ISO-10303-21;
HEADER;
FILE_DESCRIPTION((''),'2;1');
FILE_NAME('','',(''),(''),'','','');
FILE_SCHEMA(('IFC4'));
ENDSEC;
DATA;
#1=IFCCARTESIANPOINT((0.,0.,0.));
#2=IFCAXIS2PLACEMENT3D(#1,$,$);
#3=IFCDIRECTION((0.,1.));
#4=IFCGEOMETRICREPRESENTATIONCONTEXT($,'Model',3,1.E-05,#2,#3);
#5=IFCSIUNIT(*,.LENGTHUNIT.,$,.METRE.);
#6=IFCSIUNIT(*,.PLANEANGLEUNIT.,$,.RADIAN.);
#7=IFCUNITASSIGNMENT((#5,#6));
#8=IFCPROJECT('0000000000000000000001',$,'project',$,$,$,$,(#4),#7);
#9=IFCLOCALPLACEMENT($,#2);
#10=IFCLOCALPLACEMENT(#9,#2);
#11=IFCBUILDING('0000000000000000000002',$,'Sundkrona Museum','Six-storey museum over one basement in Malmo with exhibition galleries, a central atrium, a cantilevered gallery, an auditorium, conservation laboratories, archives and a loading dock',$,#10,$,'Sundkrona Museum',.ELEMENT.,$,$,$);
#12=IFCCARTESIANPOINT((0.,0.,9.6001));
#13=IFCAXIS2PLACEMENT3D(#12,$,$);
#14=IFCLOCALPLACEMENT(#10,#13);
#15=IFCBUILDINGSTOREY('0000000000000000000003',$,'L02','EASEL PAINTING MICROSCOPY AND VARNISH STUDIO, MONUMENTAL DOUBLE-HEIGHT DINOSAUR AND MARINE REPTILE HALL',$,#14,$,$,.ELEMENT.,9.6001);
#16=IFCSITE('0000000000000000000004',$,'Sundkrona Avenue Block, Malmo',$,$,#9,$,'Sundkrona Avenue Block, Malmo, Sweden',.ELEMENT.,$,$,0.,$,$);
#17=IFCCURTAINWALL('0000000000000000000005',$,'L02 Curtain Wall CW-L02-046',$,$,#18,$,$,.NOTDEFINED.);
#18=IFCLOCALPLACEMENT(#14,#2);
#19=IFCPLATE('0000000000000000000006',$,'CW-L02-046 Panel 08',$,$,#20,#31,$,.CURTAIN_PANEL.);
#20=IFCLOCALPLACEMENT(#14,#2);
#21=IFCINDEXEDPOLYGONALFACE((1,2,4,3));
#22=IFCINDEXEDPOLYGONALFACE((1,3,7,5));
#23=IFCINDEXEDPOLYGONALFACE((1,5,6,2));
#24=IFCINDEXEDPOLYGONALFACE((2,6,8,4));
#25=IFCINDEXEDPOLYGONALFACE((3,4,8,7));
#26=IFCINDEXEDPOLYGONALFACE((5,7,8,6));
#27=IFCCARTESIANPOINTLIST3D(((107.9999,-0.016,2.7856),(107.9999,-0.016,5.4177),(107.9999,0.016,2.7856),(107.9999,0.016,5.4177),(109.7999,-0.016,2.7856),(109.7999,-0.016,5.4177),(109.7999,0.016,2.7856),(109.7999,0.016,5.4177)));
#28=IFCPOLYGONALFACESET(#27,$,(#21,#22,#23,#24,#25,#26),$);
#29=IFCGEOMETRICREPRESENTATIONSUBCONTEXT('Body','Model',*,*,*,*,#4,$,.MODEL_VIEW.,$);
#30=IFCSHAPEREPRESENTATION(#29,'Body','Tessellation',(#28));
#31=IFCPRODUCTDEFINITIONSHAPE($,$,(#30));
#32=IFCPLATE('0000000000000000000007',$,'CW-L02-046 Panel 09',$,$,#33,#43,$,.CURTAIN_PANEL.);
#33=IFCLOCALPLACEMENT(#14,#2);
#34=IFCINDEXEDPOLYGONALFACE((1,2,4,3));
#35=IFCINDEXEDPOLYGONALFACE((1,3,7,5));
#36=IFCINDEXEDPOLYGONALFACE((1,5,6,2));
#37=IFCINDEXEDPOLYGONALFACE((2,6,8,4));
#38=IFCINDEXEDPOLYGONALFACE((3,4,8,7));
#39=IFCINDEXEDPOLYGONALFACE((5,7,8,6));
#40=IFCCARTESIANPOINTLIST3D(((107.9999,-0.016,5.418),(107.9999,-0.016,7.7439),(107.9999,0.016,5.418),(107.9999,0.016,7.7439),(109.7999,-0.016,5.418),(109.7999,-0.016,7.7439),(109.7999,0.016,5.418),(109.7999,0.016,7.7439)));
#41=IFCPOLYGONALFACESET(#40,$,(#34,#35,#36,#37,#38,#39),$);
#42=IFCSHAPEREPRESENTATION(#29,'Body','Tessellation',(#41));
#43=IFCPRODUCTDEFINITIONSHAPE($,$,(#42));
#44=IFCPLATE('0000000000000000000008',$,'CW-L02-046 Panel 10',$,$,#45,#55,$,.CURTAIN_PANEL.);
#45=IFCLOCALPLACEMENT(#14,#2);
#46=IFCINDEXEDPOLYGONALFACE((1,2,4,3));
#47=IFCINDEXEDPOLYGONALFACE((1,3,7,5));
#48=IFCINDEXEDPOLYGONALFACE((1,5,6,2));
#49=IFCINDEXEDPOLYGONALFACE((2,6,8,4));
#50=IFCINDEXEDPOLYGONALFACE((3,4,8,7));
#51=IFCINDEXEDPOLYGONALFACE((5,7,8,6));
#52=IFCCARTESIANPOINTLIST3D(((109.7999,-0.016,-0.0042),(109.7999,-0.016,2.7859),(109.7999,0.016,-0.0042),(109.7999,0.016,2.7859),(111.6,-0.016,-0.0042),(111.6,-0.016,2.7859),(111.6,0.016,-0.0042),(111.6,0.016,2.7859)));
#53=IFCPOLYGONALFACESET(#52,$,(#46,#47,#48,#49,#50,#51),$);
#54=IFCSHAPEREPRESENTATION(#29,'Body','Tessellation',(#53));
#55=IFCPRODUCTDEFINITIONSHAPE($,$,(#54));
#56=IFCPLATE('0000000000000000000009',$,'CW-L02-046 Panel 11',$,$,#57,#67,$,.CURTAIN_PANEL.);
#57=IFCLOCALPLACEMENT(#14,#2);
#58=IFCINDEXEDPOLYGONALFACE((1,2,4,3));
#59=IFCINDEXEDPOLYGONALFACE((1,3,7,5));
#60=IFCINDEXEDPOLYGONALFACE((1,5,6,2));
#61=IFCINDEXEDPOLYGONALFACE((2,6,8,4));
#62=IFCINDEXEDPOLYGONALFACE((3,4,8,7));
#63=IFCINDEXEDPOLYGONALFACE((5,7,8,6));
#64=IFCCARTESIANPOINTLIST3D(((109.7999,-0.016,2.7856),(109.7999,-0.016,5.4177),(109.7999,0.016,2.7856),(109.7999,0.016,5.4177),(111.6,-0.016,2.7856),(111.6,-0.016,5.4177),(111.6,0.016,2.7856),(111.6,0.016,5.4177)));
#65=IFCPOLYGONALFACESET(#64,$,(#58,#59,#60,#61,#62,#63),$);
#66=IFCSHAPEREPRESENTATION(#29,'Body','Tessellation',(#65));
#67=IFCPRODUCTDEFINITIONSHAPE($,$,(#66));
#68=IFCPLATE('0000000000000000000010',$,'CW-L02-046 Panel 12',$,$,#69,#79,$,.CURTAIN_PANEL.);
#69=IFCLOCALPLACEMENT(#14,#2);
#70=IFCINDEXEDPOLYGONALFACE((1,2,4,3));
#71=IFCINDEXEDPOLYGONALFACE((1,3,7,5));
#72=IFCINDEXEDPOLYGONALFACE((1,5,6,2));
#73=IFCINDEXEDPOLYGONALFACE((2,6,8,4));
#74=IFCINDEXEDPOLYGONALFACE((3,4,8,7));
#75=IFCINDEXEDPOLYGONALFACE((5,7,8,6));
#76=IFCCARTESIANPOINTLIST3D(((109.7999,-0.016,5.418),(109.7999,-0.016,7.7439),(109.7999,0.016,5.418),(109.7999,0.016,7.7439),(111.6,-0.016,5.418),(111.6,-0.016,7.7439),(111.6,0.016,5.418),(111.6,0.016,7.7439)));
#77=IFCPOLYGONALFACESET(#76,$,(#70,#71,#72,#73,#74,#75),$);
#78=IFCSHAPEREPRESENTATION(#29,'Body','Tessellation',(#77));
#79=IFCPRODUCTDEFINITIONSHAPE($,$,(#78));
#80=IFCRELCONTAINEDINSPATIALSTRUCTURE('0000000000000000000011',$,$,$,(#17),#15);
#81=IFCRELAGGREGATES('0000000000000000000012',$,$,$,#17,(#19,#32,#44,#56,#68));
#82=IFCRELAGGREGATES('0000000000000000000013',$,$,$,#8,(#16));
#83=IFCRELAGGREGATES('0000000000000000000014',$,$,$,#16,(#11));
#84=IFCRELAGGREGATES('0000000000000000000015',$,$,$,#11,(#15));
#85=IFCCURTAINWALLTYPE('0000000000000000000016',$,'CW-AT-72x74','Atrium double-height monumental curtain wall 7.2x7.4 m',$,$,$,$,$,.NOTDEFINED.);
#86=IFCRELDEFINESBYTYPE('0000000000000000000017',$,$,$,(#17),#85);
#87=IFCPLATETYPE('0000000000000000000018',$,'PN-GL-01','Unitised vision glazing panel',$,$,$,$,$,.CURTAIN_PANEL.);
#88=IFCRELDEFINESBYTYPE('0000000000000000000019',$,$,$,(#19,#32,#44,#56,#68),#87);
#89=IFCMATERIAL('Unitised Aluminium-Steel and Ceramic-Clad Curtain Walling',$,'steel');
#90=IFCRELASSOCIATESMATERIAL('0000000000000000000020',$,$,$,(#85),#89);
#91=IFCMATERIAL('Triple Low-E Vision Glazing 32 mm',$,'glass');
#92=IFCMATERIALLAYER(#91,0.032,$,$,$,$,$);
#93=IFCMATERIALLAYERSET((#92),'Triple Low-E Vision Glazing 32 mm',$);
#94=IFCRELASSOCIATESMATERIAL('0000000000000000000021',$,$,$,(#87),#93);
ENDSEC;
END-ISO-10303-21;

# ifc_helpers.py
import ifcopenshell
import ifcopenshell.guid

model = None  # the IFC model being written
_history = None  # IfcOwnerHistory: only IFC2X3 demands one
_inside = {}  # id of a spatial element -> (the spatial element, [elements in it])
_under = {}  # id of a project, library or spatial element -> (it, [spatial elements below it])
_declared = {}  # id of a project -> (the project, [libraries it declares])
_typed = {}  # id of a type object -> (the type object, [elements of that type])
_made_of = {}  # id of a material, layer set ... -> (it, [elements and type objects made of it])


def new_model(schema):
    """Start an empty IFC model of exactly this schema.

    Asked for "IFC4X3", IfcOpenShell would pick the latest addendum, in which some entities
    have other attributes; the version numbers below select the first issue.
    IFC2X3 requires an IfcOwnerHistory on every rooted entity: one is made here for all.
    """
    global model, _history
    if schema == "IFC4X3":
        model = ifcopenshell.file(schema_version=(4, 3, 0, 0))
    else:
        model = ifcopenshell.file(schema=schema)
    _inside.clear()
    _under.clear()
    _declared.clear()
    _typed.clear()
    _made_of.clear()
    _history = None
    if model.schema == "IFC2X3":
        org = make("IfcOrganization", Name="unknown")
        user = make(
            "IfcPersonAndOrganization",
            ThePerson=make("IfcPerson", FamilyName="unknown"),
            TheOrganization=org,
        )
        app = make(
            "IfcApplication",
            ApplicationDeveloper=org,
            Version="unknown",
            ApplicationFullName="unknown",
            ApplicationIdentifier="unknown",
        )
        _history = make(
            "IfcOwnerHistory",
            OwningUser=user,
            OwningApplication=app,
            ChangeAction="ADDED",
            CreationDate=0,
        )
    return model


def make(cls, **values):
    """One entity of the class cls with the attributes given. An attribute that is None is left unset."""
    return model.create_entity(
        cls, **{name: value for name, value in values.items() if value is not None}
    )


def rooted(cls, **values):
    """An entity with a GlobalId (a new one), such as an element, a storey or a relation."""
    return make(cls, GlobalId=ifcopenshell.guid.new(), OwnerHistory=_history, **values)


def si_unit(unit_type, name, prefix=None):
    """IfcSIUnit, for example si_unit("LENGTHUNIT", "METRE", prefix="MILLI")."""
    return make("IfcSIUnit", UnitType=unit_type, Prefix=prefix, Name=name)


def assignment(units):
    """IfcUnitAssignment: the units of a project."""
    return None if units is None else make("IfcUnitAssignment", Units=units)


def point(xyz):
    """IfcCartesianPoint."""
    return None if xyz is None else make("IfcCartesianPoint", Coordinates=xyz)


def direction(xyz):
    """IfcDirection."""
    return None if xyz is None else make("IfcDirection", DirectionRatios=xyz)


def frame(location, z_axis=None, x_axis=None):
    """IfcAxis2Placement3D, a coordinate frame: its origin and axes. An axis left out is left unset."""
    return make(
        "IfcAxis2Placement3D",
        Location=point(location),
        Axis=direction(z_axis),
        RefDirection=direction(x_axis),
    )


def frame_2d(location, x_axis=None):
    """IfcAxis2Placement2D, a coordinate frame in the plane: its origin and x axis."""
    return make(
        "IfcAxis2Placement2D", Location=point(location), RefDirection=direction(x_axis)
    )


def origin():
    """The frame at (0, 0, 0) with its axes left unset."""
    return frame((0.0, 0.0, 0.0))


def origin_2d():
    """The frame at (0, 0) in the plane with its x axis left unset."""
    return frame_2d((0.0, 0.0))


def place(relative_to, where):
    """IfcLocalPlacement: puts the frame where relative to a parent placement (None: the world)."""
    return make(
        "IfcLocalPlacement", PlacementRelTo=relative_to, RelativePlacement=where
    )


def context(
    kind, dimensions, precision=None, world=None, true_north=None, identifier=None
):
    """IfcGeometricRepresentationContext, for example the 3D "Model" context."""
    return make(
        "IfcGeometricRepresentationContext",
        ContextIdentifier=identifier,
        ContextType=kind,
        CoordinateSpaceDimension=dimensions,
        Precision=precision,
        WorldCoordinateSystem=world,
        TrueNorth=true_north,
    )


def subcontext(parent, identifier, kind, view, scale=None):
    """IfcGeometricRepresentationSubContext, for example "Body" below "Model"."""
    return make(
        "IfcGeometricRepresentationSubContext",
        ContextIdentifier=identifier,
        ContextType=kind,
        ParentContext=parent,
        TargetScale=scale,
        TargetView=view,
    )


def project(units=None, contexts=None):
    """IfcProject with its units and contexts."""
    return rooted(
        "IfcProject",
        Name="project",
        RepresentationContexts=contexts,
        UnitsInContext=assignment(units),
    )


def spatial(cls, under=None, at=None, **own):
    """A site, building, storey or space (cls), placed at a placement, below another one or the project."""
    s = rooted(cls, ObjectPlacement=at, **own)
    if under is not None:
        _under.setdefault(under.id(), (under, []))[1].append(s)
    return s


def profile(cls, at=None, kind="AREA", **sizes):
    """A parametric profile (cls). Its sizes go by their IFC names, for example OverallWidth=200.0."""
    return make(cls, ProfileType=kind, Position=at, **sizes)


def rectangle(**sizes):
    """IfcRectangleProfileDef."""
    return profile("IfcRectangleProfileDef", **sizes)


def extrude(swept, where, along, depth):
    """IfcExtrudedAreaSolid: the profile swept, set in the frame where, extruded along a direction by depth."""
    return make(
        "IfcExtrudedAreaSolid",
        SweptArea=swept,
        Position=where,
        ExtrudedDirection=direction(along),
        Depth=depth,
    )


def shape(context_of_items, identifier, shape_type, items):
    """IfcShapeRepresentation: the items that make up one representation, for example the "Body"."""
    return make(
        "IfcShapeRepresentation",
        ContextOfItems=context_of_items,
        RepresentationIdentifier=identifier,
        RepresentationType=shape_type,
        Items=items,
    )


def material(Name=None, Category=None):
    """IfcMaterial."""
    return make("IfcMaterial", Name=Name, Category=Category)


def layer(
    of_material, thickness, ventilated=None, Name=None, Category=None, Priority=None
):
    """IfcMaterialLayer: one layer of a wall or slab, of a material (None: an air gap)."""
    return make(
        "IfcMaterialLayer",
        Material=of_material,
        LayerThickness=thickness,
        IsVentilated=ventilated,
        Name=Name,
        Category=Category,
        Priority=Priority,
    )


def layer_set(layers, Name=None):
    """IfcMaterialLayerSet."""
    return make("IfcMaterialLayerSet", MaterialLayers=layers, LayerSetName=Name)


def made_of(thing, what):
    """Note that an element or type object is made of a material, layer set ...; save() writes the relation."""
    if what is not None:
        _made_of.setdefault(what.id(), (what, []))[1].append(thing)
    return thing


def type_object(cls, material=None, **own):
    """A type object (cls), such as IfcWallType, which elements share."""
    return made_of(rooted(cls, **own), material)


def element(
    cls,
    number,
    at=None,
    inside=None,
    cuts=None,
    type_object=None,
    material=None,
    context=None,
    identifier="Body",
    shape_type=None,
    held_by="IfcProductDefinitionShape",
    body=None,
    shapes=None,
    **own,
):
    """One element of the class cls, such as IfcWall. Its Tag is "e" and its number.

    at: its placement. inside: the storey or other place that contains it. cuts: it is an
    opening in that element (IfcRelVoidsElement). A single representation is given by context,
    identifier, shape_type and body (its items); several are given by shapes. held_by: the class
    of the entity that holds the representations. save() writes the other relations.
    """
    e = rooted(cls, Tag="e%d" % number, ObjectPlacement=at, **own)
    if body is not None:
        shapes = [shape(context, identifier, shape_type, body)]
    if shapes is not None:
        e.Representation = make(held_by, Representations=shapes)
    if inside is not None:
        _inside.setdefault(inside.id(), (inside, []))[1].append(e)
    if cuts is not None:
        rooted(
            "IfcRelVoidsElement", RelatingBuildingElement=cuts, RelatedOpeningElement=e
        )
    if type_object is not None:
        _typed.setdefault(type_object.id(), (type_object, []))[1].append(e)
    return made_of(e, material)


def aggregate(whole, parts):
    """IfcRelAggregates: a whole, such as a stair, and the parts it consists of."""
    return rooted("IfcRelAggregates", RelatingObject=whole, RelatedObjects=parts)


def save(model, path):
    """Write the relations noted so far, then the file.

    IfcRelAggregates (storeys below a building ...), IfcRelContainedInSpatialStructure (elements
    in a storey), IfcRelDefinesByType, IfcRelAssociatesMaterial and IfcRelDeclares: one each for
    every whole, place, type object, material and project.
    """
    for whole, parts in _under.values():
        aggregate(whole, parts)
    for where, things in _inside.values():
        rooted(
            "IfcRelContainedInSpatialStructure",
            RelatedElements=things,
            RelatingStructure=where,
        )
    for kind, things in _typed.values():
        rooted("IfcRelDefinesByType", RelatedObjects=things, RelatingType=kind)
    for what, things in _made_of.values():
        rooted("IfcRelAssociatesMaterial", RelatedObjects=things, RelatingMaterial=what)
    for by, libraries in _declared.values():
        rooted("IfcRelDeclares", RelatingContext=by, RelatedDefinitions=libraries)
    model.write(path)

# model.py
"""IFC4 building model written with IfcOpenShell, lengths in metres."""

from ifc_helpers import new_model, si_unit, direction, frame, origin, origin_2d, place, context, subcontext, project, spatial, rectangle, extrude, material, layer, layer_set, type_object, element, aggregate, save


model = new_model("IFC4")

# Units and contexts
model_context = context("Model", 3, precision=1e-05, world=origin(), true_north=direction((0.0, 1.0)))
body_context = subcontext(model_context, "Body", "Model", "MODEL_VIEW")
ifc_project = project(units=[si_unit("LENGTHUNIT", "METRE"), si_unit("PLANEANGLEUNIT", "RADIAN")], contexts=[model_context])

# Site, building, storey
site_placement = place(None, origin())
site = spatial("IfcSite", under=ifc_project, at=site_placement, Name="Sundkrona Avenue Block, Malmo", LongName="Sundkrona Avenue Block, Malmo, Sweden", CompositionType="ELEMENT", RefElevation=0.0)
building_placement = place(site_placement, origin())
building = spatial("IfcBuilding", under=site, at=building_placement, Name="Sundkrona Museum", Description="Six-storey museum over one basement in Malmo with exhibition galleries, a central atrium, a cantilevered gallery, an auditorium, conservation laboratories, archives and a loading dock", LongName="Sundkrona Museum", CompositionType="ELEMENT")
storey_placement = place(building_placement, frame((0.0, 0.0, 9.6001)))
storey = spatial("IfcBuildingStorey", under=building, at=storey_placement, Name="L02", Description="EASEL PAINTING MICROSCOPY AND VARNISH STUDIO, MONUMENTAL DOUBLE-HEIGHT DINOSAUR AND MARINE REPTILE HALL", CompositionType="ELEMENT", Elevation=9.6001)

# Curtain wall, plates
ifc_material_1 = material(Name="Unitised Aluminium-Steel and Ceramic-Clad Curtain Walling", Category="steel")
curtain_wall_type = type_object("IfcCurtainWallType", Name="CW-AT-72x74", Description="Atrium double-height monumental curtain wall 7.2x7.4 m", PredefinedType="NOTDEFINED", material=ifc_material_1)
curtain_wall_placement = place(storey_placement, origin())
curtain_wall = element("IfcCurtainWall", 1, at=curtain_wall_placement, inside=storey, type_object=curtain_wall_type, Name="L02 Curtain Wall CW-L02-046", PredefinedType="NOTDEFINED")
ifc_material_2 = material(Name="Triple Low-E Vision Glazing 32 mm", Category="glass")
ifc_layer = layer(ifc_material_2, 0.032)
ifc_layer_set = layer_set([ifc_layer], Name="Triple Low-E Vision Glazing 32 mm")
plate_type = type_object("IfcPlateType", Name="PN-GL-01", Description="Unitised vision glazing panel", PredefinedType="CURTAIN_PANEL", material=ifc_layer_set)
plate_1_placement = place(storey_placement, frame((108.8999, 0.0, 2.7856), z_axis=(0.0, 0.0, 1.0), x_axis=(1.0, 0.0, 0.0)))
plate_1 = element("IfcPlate", 2, at=plate_1_placement, type_object=plate_type, Name="CW-L02-046 Panel 08", PredefinedType="CURTAIN_PANEL", context=body_context, shape_type="SweptSolid", body=[
    extrude(rectangle(XDim=1.8, YDim=0.032, at=origin_2d()), origin(), (0.0, 0.0, 1.0), 2.6321),
])
plate_2_placement = place(storey_placement, frame((108.8999, 0.0, 5.418), z_axis=(0.0, 0.0, 1.0), x_axis=(1.0, 0.0, 0.0)))
plate_2 = element("IfcPlate", 3, at=plate_2_placement, type_object=plate_type, Name="CW-L02-046 Panel 09", PredefinedType="CURTAIN_PANEL", context=body_context, shape_type="SweptSolid", body=[
    extrude(rectangle(XDim=1.8, YDim=0.032, at=origin_2d()), origin(), (0.0, 0.0, 1.0), 2.3259),
])
plate_3_placement = place(storey_placement, frame((110.7, 0.0, -0.0042), z_axis=(0.0, 0.0, 1.0), x_axis=(1.0, 0.0, 0.0)))
plate_3 = element("IfcPlate", 4, at=plate_3_placement, type_object=plate_type, Name="CW-L02-046 Panel 10", PredefinedType="CURTAIN_PANEL", context=body_context, shape_type="SweptSolid", body=[
    extrude(rectangle(XDim=1.8, YDim=0.032, at=origin_2d()), origin(), (0.0, 0.0, 1.0), 2.79),
])
plate_4_placement = place(storey_placement, frame((110.7, 0.0, 2.7856), z_axis=(0.0, 0.0, 1.0), x_axis=(1.0, 0.0, 0.0)))
plate_4 = element("IfcPlate", 5, at=plate_4_placement, type_object=plate_type, Name="CW-L02-046 Panel 11", PredefinedType="CURTAIN_PANEL", context=body_context, shape_type="SweptSolid", body=[
    extrude(rectangle(XDim=1.8, YDim=0.032, at=origin_2d()), origin(), (0.0, 0.0, 1.0), 2.6321),
])
plate_5_placement = place(storey_placement, frame((110.7, 0.0, 5.418), z_axis=(0.0, 0.0, 1.0), x_axis=(1.0, 0.0, 0.0)))
plate_5 = element("IfcPlate", 6, at=plate_5_placement, type_object=plate_type, Name="CW-L02-046 Panel 12", PredefinedType="CURTAIN_PANEL", context=body_context, shape_type="SweptSolid", body=[
    extrude(rectangle(XDim=1.8, YDim=0.032, at=origin_2d()), origin(), (0.0, 0.0, 1.0), 2.3259),
])
aggregate(curtain_wall, [plate_1, plate_2, plate_3, plate_4, plate_5])

save(model, "model.ifc")
